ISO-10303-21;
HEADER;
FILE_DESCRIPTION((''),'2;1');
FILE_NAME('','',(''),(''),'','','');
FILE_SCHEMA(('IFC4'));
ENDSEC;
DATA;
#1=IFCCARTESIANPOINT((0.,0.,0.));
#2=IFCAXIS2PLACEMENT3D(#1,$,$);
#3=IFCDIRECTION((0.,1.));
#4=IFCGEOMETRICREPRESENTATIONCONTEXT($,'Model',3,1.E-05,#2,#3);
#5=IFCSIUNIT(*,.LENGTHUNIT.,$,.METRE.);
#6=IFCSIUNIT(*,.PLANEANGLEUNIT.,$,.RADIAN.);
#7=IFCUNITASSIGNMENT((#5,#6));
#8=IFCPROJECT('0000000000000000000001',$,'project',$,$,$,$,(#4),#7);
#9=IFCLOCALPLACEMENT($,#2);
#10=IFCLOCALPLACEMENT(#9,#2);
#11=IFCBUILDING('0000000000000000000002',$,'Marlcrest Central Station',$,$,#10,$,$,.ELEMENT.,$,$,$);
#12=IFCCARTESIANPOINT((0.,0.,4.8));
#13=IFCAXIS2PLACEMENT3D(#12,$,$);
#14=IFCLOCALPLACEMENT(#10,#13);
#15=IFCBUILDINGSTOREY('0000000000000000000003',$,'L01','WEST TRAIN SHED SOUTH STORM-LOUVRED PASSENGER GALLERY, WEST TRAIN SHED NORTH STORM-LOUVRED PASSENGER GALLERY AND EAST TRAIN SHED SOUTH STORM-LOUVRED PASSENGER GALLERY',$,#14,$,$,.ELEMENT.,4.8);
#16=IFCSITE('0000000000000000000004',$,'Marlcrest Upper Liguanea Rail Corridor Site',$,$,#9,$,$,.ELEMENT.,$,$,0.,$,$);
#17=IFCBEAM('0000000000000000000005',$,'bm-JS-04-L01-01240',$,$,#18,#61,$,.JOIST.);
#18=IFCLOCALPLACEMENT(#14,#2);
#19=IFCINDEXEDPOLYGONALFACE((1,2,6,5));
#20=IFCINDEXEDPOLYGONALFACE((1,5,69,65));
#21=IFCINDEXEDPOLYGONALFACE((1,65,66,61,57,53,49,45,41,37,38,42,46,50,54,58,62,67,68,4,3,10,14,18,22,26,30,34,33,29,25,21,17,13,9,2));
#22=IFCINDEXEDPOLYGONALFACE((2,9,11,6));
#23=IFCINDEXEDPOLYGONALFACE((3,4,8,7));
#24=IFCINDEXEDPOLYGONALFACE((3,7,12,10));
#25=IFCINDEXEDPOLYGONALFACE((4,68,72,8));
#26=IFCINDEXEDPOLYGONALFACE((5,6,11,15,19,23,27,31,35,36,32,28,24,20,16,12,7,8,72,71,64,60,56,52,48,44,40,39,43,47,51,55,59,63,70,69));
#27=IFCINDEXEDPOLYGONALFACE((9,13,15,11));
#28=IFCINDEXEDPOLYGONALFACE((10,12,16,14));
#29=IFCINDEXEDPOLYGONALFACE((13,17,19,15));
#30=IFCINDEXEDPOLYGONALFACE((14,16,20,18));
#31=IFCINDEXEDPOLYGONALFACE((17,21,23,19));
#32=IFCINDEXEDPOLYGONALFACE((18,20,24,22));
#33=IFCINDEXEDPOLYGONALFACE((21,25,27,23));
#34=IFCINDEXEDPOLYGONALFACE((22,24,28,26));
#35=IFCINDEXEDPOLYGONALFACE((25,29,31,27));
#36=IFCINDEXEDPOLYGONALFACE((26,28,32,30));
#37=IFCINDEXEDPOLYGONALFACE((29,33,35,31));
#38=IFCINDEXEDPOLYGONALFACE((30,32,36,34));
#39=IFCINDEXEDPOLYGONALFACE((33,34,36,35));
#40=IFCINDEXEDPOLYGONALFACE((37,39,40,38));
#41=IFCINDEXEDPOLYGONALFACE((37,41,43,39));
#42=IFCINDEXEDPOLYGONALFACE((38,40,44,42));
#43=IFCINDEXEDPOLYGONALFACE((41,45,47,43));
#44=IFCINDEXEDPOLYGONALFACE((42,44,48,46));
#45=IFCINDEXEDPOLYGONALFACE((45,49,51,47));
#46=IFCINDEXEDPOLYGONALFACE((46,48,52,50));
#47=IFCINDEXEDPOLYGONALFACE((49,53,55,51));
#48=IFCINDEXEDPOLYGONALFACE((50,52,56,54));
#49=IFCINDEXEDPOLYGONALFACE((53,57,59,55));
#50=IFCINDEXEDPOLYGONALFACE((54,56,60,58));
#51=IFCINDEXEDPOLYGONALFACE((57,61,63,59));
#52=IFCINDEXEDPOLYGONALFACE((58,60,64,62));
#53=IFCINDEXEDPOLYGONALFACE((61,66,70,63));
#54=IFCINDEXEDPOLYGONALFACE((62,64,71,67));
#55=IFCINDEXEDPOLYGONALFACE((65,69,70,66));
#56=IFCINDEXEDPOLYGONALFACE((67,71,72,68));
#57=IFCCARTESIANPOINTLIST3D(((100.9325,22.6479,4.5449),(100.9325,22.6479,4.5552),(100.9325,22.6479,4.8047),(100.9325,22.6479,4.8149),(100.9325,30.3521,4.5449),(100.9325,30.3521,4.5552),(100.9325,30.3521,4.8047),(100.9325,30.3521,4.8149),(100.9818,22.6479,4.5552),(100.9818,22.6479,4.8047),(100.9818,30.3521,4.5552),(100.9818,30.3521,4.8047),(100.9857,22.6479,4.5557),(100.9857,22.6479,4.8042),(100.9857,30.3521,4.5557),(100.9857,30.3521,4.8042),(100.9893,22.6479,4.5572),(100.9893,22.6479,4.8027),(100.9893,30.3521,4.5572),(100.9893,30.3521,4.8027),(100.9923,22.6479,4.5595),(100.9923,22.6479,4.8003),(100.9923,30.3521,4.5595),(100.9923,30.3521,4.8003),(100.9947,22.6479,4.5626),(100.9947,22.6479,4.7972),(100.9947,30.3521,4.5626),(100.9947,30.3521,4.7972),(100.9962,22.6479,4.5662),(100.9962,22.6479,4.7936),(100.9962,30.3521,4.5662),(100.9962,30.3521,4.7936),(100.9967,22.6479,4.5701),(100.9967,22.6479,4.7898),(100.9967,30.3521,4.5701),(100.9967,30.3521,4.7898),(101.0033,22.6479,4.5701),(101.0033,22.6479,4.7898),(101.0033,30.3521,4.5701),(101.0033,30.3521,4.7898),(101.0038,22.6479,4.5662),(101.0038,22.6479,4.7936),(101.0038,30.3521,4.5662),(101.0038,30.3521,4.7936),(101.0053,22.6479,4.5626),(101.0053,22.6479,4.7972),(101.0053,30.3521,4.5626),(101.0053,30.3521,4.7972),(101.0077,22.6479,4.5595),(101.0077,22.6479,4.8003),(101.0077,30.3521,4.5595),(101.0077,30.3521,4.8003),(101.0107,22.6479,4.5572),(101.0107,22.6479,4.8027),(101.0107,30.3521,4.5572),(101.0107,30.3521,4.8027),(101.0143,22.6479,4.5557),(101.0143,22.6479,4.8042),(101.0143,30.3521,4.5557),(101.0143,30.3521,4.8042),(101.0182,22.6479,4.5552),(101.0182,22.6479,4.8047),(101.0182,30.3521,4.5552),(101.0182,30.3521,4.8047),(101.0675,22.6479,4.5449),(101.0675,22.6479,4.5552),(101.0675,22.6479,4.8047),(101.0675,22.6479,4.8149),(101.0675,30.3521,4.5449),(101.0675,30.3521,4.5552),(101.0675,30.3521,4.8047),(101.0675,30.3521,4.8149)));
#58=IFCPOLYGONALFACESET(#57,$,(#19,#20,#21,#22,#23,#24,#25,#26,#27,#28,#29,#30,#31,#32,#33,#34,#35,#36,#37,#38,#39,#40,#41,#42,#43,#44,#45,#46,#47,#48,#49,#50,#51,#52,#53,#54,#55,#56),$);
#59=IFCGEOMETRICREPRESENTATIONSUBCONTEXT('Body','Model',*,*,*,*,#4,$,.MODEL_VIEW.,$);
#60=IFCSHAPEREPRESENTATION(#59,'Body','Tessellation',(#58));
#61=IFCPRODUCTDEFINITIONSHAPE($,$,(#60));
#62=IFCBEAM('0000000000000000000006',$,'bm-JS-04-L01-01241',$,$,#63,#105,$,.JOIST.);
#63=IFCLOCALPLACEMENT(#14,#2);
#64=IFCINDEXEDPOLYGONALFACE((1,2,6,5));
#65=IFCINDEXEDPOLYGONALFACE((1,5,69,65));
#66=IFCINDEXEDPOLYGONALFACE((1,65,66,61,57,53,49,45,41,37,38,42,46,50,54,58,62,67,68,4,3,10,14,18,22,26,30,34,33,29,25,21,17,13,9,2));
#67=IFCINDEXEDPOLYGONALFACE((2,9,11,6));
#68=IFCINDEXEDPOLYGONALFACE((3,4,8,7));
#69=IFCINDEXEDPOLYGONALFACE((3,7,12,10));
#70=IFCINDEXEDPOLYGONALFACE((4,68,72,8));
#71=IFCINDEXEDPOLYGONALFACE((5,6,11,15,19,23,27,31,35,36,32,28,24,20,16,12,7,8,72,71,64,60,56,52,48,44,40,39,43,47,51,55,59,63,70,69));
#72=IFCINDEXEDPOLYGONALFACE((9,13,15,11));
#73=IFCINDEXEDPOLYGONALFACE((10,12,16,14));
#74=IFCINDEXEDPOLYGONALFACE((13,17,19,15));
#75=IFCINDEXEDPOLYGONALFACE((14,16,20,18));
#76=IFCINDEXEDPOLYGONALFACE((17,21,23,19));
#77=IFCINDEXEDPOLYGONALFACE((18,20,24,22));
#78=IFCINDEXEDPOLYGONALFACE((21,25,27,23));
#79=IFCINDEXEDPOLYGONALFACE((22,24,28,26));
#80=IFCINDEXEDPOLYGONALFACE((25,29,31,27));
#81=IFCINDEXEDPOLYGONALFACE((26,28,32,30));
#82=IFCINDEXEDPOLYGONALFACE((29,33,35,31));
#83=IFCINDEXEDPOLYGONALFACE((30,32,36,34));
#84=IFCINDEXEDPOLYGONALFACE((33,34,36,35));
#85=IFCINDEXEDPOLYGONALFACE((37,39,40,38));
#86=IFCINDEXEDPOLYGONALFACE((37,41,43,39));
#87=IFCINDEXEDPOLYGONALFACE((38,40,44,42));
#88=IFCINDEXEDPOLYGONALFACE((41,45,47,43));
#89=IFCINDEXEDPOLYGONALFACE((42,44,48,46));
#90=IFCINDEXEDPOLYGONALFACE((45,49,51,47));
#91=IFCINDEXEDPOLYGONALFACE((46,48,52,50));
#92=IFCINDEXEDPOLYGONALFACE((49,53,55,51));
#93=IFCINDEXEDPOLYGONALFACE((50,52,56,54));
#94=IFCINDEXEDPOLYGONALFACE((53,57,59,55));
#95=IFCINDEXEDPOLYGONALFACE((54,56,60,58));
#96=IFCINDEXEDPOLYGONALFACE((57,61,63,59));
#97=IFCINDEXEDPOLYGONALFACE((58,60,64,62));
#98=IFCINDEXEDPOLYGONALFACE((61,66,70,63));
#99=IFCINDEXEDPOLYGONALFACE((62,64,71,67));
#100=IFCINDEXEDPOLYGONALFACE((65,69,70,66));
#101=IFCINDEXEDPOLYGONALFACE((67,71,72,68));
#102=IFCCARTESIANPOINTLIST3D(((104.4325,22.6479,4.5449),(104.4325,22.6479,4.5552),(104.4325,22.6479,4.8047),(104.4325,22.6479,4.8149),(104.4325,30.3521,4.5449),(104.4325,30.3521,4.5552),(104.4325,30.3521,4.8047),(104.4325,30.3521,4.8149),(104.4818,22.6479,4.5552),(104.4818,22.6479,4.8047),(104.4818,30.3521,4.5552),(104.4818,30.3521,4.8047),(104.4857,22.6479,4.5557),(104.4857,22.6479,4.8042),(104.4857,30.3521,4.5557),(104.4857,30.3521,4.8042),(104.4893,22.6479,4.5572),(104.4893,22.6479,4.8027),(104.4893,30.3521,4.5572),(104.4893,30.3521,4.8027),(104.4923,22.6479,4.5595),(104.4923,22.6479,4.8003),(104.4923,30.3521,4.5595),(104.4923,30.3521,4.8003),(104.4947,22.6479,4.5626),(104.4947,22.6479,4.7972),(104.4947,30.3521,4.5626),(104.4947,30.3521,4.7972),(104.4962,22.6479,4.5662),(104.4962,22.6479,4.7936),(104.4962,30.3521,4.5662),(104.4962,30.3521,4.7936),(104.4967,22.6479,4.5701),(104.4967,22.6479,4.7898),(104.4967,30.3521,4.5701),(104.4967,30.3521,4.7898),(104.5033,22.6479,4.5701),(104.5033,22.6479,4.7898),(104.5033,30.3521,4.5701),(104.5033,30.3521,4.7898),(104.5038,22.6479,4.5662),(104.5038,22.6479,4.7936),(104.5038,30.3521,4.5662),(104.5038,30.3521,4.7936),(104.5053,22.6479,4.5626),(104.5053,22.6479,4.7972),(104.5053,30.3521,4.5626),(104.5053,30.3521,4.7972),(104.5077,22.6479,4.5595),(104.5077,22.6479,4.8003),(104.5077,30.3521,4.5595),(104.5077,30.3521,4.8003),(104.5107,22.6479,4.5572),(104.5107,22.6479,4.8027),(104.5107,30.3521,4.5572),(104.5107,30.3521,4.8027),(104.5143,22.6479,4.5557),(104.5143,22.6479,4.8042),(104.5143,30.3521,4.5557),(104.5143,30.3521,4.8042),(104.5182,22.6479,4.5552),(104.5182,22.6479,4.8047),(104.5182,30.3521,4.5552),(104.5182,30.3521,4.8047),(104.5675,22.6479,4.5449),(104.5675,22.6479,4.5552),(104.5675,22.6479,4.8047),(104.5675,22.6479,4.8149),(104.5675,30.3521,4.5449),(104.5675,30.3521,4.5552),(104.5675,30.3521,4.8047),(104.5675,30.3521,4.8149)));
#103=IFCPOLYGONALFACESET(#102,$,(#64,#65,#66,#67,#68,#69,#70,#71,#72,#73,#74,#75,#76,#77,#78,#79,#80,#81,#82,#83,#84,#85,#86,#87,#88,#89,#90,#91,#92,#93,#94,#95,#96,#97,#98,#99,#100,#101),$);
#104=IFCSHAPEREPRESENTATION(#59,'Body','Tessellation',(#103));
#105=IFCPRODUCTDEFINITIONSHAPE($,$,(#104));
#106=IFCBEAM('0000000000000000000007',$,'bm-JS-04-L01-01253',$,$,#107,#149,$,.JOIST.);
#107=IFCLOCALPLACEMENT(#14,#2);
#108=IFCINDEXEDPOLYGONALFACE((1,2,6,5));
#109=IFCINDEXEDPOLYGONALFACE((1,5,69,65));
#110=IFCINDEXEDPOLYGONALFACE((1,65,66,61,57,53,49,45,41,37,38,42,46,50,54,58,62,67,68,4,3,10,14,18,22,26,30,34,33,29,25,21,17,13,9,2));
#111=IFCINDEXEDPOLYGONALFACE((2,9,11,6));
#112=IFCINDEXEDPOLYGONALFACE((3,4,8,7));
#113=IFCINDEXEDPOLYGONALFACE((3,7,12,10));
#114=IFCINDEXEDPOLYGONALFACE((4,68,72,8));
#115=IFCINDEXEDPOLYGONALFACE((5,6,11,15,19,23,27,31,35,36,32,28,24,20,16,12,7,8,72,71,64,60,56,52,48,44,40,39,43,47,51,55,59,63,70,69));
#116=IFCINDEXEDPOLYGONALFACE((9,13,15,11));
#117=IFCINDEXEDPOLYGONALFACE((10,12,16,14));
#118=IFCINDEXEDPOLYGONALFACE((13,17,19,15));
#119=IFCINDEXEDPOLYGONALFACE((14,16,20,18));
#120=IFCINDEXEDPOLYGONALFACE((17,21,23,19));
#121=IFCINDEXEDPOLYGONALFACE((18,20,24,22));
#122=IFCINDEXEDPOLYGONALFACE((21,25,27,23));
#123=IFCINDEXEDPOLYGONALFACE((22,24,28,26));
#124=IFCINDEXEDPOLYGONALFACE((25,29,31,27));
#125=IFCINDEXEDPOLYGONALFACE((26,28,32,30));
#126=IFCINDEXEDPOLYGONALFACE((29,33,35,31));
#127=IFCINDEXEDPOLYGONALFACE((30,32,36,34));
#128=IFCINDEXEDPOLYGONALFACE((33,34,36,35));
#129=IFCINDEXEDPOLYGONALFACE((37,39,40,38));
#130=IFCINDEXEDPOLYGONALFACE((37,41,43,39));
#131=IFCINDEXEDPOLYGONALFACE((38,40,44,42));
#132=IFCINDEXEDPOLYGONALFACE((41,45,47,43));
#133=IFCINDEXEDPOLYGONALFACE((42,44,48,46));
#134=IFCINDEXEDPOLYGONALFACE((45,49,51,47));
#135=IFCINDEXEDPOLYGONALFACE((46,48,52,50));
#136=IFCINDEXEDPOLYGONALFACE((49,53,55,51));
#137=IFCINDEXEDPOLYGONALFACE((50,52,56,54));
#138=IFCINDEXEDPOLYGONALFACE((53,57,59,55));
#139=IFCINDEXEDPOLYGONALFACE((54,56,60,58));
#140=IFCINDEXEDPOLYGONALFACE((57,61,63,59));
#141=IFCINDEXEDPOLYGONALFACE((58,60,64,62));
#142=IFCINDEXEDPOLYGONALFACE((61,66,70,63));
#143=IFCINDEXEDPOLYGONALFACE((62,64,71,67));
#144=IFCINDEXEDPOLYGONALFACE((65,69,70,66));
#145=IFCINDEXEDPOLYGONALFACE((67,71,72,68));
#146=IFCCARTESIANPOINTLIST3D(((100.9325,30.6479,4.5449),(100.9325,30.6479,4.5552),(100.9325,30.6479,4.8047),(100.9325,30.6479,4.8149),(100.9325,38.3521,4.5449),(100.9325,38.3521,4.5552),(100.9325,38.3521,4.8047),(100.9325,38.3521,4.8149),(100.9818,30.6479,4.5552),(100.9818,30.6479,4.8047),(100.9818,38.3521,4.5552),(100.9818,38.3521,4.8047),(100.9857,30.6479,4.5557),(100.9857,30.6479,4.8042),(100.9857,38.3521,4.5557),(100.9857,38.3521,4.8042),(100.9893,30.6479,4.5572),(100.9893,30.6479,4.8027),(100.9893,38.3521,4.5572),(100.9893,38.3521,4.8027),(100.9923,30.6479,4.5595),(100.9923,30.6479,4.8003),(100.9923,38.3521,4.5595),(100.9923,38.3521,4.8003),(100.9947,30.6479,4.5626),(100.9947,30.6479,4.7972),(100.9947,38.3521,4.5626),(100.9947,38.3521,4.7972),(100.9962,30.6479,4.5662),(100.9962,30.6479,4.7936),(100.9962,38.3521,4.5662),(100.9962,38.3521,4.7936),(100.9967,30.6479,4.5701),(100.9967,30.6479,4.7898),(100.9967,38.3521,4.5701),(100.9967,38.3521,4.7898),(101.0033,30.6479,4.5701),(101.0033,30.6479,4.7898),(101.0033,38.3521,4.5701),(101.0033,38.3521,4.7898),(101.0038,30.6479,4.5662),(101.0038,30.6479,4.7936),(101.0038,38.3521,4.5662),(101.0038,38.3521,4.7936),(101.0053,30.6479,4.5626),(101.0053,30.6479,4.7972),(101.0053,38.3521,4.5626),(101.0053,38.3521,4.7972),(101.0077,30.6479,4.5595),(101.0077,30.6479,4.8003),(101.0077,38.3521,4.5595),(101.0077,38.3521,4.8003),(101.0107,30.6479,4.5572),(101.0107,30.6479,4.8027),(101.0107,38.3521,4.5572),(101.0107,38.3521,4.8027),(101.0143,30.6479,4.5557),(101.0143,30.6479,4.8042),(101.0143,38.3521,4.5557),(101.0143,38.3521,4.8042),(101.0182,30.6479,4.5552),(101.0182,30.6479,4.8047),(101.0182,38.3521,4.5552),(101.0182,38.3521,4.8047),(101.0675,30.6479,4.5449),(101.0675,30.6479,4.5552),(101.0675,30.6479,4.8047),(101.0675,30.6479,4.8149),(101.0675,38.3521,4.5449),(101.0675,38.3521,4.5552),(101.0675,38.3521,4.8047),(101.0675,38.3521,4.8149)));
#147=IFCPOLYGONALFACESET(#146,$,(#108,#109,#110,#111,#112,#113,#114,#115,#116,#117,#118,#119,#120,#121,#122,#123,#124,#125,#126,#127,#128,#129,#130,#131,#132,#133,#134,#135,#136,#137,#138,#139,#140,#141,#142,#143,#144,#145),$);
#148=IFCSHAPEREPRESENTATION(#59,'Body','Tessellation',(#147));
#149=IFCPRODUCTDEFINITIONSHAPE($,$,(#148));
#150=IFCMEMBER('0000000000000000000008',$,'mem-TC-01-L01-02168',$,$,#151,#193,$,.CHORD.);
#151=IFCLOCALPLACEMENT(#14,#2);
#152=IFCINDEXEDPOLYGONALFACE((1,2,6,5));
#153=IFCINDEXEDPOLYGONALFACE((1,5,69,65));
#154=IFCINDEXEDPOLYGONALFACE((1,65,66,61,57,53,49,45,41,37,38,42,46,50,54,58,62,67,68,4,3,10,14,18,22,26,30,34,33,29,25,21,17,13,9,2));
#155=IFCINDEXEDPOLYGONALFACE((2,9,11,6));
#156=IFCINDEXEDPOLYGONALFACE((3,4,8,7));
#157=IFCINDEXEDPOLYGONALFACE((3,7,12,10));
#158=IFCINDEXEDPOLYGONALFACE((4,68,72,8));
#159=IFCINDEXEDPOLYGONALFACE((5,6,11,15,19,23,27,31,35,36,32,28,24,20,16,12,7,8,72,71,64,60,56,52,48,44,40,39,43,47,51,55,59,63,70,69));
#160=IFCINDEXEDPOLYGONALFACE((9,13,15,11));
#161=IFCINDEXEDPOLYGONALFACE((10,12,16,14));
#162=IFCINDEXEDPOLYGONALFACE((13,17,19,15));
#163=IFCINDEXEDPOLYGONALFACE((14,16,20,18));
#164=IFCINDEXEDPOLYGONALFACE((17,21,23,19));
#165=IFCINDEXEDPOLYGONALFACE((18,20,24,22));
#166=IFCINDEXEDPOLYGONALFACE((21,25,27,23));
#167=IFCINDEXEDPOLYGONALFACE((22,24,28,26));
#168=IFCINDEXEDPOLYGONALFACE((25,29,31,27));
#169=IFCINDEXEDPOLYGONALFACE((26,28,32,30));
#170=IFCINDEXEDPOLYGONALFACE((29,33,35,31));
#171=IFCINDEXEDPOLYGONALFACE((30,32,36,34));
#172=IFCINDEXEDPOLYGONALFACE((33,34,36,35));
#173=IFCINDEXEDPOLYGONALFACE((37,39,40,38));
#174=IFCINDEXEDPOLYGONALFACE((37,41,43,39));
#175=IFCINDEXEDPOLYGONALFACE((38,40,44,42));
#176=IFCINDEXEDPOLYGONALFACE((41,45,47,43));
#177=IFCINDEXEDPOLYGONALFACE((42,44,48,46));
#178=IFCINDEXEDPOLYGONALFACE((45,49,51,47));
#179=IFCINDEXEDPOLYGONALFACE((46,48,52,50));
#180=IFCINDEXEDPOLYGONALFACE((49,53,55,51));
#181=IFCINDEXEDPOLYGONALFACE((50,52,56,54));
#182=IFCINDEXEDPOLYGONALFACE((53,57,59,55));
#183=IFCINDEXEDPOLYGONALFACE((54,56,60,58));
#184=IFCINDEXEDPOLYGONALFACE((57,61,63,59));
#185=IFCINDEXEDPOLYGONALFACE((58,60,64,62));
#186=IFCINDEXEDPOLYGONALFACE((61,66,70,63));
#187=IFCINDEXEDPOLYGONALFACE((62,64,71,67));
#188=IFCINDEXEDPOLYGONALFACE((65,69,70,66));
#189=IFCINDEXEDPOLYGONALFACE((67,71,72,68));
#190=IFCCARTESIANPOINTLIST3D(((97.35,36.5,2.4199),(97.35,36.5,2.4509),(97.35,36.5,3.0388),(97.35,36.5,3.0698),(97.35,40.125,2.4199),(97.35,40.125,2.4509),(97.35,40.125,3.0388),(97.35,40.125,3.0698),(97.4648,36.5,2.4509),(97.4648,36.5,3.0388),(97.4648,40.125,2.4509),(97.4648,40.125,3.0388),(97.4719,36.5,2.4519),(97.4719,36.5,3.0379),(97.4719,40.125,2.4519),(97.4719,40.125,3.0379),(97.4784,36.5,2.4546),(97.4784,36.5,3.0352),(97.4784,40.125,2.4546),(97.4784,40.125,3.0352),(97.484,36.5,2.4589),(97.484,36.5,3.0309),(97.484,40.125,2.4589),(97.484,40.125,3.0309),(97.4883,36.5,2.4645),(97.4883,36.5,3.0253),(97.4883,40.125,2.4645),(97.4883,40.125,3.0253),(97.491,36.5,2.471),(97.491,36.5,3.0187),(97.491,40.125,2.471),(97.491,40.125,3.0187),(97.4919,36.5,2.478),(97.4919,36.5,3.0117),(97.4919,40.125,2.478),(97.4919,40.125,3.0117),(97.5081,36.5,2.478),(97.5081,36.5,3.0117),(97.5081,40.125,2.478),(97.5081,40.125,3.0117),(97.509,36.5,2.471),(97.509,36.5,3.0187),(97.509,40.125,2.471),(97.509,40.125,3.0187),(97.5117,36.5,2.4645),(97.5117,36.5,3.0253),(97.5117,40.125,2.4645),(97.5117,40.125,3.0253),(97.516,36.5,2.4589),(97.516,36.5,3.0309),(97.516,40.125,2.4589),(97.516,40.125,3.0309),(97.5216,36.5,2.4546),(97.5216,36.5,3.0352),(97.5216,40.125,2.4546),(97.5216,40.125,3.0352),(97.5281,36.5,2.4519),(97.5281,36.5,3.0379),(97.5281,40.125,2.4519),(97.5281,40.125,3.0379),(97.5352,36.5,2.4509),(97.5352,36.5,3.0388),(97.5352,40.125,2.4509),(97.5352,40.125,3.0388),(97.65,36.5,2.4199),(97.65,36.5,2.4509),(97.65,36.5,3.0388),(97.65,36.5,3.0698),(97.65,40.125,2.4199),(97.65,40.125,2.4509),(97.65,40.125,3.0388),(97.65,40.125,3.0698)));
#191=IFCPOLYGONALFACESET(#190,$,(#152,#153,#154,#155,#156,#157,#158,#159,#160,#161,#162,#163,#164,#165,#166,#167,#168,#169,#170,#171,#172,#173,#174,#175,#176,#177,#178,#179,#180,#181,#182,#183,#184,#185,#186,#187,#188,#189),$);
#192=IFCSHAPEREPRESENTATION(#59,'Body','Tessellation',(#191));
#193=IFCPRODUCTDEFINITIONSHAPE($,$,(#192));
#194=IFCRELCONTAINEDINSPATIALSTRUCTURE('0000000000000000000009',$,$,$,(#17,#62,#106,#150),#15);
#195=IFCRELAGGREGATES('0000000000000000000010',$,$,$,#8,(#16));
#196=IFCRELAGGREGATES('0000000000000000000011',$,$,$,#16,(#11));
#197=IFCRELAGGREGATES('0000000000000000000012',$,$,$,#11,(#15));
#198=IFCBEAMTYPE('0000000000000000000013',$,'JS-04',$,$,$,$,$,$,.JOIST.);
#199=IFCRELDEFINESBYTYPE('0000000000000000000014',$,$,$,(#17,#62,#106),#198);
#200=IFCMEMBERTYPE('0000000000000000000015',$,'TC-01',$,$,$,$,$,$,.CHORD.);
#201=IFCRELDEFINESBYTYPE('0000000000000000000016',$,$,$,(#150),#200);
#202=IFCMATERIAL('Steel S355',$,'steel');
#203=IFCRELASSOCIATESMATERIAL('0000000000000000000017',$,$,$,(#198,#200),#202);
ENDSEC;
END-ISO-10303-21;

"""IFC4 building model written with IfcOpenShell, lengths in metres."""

from ifc_helpers import new_model, si_unit, direction, frame, origin, origin_2d, place, context, subcontext, project, spatial, i_section, extrude, material, material_profile, profile_set, type_object, element, save


model = new_model("IFC4")

# Units and contexts
model_context = context("Model", 3, precision=1e-05, world=origin(), true_north=direction((0.0, 1.0)))
body_context = subcontext(model_context, "Body", "Model", "MODEL_VIEW")
ifc_project = project(units=[si_unit("LENGTHUNIT", "METRE"), si_unit("PLANEANGLEUNIT", "RADIAN")], contexts=[model_context])

# Site, building, storey
site_placement = place(None, origin())
site = spatial("IfcSite", under=ifc_project, at=site_placement, Name="Marlcrest Upper Liguanea Rail Corridor Site", CompositionType="ELEMENT", RefElevation=0.0)
building_placement = place(site_placement, origin())
building = spatial("IfcBuilding", under=site, at=building_placement, Name="Marlcrest Central Station", CompositionType="ELEMENT")
storey_placement = place(building_placement, frame((0.0, 0.0, 4.8)))
storey = spatial("IfcBuildingStorey", under=building, at=storey_placement, Name="L01", Description="WEST TRAIN SHED SOUTH STORM-LOUVRED PASSENGER GALLERY, WEST TRAIN SHED NORTH STORM-LOUVRED PASSENGER GALLERY AND EAST TRAIN SHED SOUTH STORM-LOUVRED PASSENGER GALLERY", CompositionType="ELEMENT", Elevation=4.8)

# Shared definitions
ifc_material_1 = material(Name="Steel S355", Category="steel")

# Beams
ifc_material_profile_1 = material_profile(ifc_material_1, i_section(OverallWidth=0.135, OverallDepth=0.27, WebThickness=0.0066, FlangeThickness=0.0103, FilletRadius=0.0149, at=origin_2d()), Name="IPE 270")
ifc_profile_set_1 = profile_set([ifc_material_profile_1], Name="Steel S355")
beam_type_1 = type_object("IfcBeamType", Name="JS-04", PredefinedType="JOIST", material=ifc_profile_set_1)
for number, where, z_axis, x_axis, name in (
    (1, (101.0, 22.6479, 4.6799), (0.0, 1.0, 0.0), (-1.0, 0.0, 0.0), "bm-JS-04-L01-01240"),
    (2, (104.5, 22.6479, 4.6799), (0.0, 1.0, 0.0), (-1.0, 0.0, 0.0), "bm-JS-04-L01-01241"),
    (3, (101.0, 30.6479, 4.6799), (0.0, 1.0, 0.0), (-1.0, 0.0, 0.0), "bm-JS-04-L01-01253"),
):
    element("IfcBeam", number, at=place(storey_placement, frame(where, z_axis=z_axis, x_axis=x_axis)), inside=storey, type_object=beam_type_1, Name=name, PredefinedType="JOIST", context=body_context, shape_type="SweptSolid", body=[
        extrude(i_section(OverallWidth=0.135, OverallDepth=0.27, WebThickness=0.0066, FlangeThickness=0.0103, FilletRadius=0.0149, at=origin_2d()), origin(), (0.0, 0.0, 1.0), 7.7041),
    ])

# Member
ifc_material_profile_2 = material_profile(ifc_material_1, i_section(OverallWidth=0.3, OverallDepth=0.6499, WebThickness=0.0161, FlangeThickness=0.031, FilletRadius=0.0271, at=origin_2d()), Name="HEB 650")
ifc_profile_set_2 = profile_set([ifc_material_profile_2], Name="Steel S355")
member_type_1 = type_object("IfcMemberType", Name="TC-01", PredefinedType="CHORD", material=ifc_profile_set_2)
for number, where, z_axis, x_axis, name in (
    (4, (97.5, 36.5, 2.7449), (0.0, 1.0, 0.0), (-1.0, 0.0, 0.0), "mem-TC-01-L01-02168"),
):
    element("IfcMember", number, at=place(storey_placement, frame(where, z_axis=z_axis, x_axis=x_axis)), inside=storey, type_object=member_type_1, Name=name, PredefinedType="CHORD", context=body_context, shape_type="SweptSolid", body=[
        extrude(i_section(OverallWidth=0.3, OverallDepth=0.6499, WebThickness=0.0161, FlangeThickness=0.031, FilletRadius=0.0271, at=origin_2d()), origin(), (0.0, 0.0, 1.0), 3.625),
    ])

save(model, "model.ifc")
